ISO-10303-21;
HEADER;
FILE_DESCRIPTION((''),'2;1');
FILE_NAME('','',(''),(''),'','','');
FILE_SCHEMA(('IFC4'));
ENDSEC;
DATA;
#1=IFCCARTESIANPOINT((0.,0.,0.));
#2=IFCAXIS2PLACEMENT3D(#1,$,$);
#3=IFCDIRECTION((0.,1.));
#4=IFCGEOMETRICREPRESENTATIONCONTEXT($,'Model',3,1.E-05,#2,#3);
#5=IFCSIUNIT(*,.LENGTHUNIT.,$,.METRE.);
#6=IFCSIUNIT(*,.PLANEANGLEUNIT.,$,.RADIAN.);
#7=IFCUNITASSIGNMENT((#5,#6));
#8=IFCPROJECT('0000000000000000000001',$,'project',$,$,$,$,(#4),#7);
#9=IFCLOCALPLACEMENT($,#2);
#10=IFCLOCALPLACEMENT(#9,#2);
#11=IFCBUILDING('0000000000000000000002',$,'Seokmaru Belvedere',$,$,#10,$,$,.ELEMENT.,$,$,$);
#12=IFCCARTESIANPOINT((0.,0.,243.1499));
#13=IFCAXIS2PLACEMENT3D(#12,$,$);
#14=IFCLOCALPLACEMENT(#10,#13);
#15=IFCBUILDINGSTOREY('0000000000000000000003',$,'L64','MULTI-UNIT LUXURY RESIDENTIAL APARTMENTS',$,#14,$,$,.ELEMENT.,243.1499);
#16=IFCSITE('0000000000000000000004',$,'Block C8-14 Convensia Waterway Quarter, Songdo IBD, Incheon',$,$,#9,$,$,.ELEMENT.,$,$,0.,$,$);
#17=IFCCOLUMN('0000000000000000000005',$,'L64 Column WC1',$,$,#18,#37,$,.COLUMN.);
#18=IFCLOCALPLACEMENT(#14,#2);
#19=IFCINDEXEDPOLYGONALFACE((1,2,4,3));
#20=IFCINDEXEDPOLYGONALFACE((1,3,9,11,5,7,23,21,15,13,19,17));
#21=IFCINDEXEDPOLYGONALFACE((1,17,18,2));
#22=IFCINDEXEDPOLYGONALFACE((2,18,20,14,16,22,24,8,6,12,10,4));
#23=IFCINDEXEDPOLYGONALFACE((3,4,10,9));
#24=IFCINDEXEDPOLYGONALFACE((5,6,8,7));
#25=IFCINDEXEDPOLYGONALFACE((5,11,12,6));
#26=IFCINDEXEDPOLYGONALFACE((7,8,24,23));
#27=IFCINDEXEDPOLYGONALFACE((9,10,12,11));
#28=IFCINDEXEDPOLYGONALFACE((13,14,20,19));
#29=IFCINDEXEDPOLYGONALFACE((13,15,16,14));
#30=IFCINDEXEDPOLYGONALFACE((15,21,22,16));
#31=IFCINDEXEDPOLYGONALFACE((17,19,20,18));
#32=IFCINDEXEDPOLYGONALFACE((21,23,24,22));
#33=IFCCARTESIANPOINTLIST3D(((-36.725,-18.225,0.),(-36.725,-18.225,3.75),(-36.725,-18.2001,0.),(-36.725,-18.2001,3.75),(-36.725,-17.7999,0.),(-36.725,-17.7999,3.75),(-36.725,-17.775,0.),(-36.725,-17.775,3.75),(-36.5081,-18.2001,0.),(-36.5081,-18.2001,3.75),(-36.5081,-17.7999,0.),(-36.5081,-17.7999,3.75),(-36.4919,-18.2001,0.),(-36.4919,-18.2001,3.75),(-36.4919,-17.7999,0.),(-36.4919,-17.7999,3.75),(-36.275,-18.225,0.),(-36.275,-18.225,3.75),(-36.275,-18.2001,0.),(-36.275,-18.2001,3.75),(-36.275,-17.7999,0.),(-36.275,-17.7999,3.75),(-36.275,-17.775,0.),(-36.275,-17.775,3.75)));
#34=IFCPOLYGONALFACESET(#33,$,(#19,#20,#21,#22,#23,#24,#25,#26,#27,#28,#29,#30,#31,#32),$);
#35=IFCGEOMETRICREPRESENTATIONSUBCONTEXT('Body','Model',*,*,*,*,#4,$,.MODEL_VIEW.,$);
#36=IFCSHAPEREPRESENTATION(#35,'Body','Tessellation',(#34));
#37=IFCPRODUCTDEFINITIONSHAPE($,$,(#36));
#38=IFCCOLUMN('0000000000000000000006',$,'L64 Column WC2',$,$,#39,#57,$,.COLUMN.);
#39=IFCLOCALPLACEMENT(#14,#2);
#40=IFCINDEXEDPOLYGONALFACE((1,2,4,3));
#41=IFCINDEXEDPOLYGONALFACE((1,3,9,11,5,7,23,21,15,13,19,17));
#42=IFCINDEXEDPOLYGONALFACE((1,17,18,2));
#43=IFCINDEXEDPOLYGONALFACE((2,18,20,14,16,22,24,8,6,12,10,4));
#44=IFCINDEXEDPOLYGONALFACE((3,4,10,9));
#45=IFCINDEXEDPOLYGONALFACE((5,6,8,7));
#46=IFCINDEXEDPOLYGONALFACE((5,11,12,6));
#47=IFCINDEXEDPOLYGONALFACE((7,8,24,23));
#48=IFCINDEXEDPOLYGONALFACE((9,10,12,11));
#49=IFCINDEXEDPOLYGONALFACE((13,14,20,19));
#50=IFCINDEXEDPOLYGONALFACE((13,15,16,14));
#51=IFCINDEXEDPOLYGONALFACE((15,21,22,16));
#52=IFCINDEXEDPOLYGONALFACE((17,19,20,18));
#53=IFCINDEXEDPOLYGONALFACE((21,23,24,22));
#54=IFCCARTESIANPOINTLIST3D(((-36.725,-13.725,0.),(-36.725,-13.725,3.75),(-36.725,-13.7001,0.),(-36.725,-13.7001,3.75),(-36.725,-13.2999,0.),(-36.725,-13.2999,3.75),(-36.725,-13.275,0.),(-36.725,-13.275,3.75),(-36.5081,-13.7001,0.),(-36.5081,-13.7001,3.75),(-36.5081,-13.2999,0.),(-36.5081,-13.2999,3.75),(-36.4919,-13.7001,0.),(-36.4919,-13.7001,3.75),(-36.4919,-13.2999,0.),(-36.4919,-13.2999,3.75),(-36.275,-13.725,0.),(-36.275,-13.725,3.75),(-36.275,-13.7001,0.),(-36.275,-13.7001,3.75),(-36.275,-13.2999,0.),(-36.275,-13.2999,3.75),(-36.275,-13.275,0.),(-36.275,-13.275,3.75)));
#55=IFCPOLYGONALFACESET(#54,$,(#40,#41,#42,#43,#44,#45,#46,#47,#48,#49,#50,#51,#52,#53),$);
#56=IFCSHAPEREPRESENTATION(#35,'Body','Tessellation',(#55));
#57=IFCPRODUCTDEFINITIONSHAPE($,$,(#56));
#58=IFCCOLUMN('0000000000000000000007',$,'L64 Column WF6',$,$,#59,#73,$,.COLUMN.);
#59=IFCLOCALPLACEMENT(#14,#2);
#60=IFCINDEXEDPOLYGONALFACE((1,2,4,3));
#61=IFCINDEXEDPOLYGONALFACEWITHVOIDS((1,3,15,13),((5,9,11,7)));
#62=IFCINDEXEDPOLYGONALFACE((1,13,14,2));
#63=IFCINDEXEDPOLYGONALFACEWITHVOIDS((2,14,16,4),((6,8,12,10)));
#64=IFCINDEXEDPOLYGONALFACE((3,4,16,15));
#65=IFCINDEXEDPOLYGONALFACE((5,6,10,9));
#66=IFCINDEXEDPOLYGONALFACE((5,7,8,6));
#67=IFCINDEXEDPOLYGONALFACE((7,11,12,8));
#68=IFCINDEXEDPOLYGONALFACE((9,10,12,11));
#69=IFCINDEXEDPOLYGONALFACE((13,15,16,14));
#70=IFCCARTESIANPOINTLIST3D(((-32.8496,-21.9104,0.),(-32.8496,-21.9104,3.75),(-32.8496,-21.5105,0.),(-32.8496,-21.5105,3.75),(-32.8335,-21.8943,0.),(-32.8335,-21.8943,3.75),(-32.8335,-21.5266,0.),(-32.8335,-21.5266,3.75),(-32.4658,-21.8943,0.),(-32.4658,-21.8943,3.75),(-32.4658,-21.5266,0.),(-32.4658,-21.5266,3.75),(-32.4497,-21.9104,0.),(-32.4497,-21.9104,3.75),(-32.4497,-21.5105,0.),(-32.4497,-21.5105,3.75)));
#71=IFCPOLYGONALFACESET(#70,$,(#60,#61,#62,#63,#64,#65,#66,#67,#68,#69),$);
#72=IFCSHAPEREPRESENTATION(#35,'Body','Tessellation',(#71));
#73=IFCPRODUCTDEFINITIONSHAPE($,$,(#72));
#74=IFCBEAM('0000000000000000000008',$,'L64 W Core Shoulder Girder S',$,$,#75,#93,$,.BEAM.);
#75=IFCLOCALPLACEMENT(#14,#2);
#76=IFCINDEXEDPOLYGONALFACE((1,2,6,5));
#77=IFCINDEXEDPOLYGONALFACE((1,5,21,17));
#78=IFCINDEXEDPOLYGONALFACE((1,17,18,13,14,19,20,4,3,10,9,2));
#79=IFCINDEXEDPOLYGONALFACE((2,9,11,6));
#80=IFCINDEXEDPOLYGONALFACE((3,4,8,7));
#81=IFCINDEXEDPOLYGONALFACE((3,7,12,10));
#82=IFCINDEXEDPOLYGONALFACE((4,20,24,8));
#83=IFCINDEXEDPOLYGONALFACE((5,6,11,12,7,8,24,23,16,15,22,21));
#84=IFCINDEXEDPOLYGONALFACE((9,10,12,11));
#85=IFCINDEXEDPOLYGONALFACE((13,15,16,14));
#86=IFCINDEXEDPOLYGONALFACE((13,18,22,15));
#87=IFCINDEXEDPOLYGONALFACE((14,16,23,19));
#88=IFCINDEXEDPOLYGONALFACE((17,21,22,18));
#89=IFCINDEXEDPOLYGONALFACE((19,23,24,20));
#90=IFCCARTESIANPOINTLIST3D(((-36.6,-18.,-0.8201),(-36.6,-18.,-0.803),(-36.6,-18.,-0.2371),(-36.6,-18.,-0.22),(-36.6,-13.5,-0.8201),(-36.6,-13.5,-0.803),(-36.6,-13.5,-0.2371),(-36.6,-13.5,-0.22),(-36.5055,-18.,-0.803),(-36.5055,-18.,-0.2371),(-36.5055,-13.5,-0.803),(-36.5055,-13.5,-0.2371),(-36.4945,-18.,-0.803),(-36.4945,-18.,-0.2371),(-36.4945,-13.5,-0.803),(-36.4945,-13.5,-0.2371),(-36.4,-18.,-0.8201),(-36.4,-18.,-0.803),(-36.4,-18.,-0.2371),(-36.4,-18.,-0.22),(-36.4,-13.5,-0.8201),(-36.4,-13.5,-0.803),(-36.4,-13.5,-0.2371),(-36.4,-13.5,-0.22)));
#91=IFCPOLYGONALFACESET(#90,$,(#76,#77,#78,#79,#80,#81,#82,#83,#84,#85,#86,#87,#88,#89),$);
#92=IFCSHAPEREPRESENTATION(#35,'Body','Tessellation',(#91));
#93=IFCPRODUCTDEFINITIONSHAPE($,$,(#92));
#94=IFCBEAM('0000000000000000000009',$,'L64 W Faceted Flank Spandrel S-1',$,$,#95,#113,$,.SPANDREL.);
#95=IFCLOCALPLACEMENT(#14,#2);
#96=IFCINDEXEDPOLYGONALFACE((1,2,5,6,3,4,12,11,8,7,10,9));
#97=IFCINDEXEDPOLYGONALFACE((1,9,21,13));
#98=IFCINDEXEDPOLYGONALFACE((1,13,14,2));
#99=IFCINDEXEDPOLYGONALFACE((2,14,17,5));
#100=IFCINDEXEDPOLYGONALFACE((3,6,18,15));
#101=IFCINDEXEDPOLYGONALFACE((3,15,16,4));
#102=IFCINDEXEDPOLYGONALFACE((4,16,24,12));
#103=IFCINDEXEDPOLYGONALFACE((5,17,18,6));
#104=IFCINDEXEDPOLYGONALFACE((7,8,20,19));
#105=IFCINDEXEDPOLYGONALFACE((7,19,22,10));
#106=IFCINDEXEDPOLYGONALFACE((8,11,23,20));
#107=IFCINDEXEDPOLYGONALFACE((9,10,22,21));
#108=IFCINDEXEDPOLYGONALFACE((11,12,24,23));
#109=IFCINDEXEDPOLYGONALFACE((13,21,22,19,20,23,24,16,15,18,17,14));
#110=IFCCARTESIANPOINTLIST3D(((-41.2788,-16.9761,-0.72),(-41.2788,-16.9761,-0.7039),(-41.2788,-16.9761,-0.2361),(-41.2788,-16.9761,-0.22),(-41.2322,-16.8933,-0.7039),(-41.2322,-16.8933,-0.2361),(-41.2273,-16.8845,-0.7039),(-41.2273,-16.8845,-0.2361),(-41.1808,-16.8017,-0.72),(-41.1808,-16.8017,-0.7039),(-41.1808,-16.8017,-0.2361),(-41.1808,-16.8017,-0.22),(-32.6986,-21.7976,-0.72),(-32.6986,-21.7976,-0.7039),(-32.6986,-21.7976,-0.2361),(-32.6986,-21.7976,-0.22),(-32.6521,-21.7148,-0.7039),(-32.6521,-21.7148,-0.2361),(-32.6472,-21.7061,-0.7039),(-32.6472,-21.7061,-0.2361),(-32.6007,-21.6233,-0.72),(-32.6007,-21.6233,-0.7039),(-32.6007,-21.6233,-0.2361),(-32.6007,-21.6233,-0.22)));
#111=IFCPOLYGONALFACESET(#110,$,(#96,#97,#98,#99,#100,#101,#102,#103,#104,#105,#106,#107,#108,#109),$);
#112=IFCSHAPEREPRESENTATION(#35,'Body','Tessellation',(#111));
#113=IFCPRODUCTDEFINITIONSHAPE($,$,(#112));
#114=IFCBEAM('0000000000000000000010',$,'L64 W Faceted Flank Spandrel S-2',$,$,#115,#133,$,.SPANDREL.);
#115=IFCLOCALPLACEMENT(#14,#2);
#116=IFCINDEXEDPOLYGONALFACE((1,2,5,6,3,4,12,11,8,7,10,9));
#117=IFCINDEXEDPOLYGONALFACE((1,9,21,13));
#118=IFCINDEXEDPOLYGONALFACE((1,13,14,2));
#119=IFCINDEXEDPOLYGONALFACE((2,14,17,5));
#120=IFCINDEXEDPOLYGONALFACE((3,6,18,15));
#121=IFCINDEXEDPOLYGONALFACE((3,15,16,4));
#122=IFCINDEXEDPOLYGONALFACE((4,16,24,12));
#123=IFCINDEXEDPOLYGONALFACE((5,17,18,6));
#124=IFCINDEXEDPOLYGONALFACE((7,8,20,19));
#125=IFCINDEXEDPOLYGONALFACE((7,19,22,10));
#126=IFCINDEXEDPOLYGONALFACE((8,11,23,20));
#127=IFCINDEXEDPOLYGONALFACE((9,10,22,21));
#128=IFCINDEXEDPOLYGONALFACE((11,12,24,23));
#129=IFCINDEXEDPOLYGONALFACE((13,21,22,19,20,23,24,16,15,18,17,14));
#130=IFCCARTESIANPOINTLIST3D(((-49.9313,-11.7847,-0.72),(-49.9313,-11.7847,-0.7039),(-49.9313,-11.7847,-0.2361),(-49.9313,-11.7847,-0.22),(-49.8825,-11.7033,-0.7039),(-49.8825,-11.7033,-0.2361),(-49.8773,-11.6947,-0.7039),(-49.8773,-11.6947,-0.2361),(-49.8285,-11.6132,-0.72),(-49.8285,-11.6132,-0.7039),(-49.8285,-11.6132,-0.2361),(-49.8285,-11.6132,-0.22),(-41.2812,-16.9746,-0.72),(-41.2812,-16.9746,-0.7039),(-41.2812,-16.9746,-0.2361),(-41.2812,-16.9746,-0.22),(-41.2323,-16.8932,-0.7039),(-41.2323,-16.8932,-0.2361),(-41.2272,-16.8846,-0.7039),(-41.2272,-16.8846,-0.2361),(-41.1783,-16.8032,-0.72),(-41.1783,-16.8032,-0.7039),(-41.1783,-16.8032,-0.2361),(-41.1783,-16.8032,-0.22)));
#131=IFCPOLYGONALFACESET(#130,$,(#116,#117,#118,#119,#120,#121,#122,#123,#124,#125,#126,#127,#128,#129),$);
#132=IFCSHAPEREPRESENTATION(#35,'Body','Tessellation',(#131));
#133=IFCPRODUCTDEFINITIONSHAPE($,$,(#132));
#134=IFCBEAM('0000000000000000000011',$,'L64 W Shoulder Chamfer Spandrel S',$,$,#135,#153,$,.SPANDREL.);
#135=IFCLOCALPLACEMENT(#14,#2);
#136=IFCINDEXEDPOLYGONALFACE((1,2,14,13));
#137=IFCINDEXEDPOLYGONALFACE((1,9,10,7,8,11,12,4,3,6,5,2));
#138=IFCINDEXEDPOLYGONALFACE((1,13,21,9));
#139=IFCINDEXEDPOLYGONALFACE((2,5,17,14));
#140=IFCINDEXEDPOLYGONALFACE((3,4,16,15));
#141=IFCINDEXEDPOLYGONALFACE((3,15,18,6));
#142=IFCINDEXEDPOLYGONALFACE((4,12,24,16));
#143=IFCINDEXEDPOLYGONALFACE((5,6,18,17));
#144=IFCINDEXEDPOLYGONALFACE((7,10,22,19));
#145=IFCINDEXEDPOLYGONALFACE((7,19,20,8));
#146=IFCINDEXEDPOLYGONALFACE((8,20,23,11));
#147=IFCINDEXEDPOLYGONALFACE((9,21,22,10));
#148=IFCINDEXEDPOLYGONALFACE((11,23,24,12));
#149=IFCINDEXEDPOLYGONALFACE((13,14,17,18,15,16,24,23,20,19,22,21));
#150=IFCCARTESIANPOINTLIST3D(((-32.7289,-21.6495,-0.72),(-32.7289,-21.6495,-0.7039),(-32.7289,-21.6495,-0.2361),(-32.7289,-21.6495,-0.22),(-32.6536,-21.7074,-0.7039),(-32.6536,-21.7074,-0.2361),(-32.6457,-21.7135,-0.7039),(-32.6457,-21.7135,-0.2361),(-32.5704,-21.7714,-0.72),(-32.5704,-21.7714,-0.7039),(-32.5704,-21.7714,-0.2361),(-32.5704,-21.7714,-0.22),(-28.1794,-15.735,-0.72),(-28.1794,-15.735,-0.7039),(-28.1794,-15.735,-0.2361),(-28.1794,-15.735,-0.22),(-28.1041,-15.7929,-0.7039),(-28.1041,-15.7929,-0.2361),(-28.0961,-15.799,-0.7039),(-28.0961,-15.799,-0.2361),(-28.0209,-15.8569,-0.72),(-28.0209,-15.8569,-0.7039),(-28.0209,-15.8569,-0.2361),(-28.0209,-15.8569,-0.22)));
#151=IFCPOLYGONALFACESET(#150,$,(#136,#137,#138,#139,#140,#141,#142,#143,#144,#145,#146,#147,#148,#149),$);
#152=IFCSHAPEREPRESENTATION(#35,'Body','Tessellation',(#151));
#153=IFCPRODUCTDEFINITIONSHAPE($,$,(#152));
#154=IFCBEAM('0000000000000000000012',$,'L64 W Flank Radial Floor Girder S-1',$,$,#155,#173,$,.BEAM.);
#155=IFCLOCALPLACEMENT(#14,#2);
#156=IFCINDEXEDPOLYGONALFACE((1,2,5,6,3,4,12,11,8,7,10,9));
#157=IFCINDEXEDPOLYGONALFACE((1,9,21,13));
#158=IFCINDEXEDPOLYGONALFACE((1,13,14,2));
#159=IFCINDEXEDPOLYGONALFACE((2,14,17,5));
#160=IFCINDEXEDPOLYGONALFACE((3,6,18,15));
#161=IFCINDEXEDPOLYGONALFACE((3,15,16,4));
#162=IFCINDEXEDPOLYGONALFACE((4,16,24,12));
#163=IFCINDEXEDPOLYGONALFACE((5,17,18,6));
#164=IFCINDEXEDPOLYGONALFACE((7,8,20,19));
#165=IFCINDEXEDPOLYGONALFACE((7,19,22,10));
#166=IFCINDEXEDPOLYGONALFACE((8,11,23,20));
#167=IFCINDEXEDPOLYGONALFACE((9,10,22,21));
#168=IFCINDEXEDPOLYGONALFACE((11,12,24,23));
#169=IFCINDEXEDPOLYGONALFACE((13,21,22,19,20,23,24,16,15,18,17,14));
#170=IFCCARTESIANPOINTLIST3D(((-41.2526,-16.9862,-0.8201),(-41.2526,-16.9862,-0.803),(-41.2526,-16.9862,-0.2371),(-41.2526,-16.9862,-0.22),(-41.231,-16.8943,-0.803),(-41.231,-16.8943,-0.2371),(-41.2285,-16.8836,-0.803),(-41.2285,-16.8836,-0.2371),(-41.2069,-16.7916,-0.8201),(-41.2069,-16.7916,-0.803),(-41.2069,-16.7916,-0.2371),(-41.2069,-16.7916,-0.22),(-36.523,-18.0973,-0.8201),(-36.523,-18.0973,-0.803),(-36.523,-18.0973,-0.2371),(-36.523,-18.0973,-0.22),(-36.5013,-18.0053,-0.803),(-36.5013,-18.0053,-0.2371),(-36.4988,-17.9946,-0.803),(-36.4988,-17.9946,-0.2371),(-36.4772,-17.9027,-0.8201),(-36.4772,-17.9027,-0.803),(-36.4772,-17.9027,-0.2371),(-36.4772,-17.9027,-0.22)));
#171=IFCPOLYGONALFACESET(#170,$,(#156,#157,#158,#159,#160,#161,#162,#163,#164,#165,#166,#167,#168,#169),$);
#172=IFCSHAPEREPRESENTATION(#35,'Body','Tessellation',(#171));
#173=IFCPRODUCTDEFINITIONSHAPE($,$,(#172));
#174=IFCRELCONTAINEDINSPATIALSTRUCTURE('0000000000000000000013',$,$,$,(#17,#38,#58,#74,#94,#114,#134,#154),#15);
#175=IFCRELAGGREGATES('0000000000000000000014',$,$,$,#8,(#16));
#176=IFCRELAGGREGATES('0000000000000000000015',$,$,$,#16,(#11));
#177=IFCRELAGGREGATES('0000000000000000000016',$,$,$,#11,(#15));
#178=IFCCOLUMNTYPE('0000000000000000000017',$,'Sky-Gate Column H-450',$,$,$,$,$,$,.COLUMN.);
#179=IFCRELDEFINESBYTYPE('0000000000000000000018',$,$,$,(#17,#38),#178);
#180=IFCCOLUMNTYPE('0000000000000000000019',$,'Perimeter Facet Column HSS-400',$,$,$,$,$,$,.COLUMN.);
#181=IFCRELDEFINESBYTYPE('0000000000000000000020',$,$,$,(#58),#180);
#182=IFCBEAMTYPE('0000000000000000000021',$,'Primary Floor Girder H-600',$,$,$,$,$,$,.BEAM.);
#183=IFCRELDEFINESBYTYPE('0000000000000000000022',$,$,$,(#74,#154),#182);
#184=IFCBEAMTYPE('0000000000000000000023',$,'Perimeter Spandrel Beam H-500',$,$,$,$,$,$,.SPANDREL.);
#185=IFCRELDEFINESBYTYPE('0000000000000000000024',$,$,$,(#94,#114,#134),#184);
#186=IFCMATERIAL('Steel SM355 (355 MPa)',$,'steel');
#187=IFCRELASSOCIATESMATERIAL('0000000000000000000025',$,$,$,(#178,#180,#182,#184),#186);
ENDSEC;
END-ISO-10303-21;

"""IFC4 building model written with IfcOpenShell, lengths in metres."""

from ifc_helpers import new_model, si_unit, direction, frame, origin, origin_2d, place, context, subcontext, project, spatial, hollow_rectangle, i_section, extrude, source, transform, mapped, material, material_profile, profile_set, type_object, type_shapes, element, save


model = new_model("IFC4")

# Units and contexts
model_context = context("Model", 3, precision=1e-05, world=origin(), true_north=direction((0.0, 1.0)))
body_context = subcontext(model_context, "Body", "Model", "MODEL_VIEW")
ifc_project = project(units=[si_unit("LENGTHUNIT", "METRE"), si_unit("PLANEANGLEUNIT", "RADIAN")], contexts=[model_context])

# Site, building, storey
site_placement = place(None, origin())
site = spatial("IfcSite", under=ifc_project, at=site_placement, Name="Block C8-14 Convensia Waterway Quarter, Songdo IBD, Incheon", CompositionType="ELEMENT", RefElevation=0.0)
building_placement = place(site_placement, origin())
building = spatial("IfcBuilding", under=site, at=building_placement, Name="Seokmaru Belvedere", CompositionType="ELEMENT")
storey_placement = place(building_placement, frame((0.0, 0.0, 243.1499)))
storey = spatial("IfcBuildingStorey", under=building, at=storey_placement, Name="L64", Description="MULTI-UNIT LUXURY RESIDENTIAL APARTMENTS", CompositionType="ELEMENT", Elevation=243.1499)

# Columns
ifc_material_1 = material(Name="Steel SM355 (355 MPa)", Category="steel")
ifc_material_profile_1 = material_profile(ifc_material_1, i_section(OverallWidth=0.45, OverallDepth=0.45, WebThickness=0.0161, FlangeThickness=0.0249, at=origin_2d()), Name="H-450x450x16x25")
ifc_profile_set_1 = profile_set([ifc_material_profile_1], Name="Steel SM355 (355 MPa)")
column_type_1 = type_object("IfcColumnType", Name="Sky-Gate Column H-450", PredefinedType="COLUMN", material=ifc_profile_set_1)
shared_shape_1 = source(origin(), body_context, "Body", "SweptSolid", [
    extrude(i_section(OverallWidth=0.45, OverallDepth=0.45, WebThickness=0.0161, FlangeThickness=0.0249, at=origin_2d()), origin(), (0.0, 0.0, 1.0), 3.75),
])
type_shapes(column_type_1, [shared_shape_1])
for number, where, z_axis, x_axis, name in (
    (1, (-36.5, -18.0, 0.0), (0.0, 0.0, 1.0), (1.0, 0.0, 0.0), "L64 Column WC1"),
    (2, (-36.5, -13.5, 0.0), (0.0, 0.0, 1.0), (1.0, 0.0, 0.0), "L64 Column WC2"),
):
    element("IfcColumn", number, at=place(storey_placement, frame(where, z_axis=z_axis, x_axis=x_axis)), inside=storey, type_object=column_type_1, Name=name, PredefinedType="COLUMN", context=body_context, shape_type="MappedRepresentation", body=[
        mapped(shared_shape_1, transform((0.0, 0.0, 0.0), scale=1.0)),
    ])
ifc_material_profile_2 = material_profile(ifc_material_1, hollow_rectangle(XDim=0.3999, YDim=0.3999, WallThickness=0.0161, at=origin_2d()), Name="HSS-400x400x16")
ifc_profile_set_2 = profile_set([ifc_material_profile_2], Name="Steel SM355 (355 MPa)")
column_type_2 = type_object("IfcColumnType", Name="Perimeter Facet Column HSS-400", PredefinedType="COLUMN", material=ifc_profile_set_2)
shared_shape_2 = source(origin(), body_context, "Body", "SweptSolid", [
    extrude(hollow_rectangle(XDim=0.3999, YDim=0.3999, WallThickness=0.0161, at=origin_2d()), origin(), (0.0, 0.0, 1.0), 3.75),
])
type_shapes(column_type_2, [shared_shape_2])
column_placement = place(storey_placement, frame((-32.6497, -21.7104, 0.0), z_axis=(0.0, 0.0, 1.0), x_axis=(1.0, 0.0, 0.0)))
element("IfcColumn", 3, at=column_placement, inside=storey, type_object=column_type_2, Name="L64 Column WF6", PredefinedType="COLUMN", context=body_context, shape_type="MappedRepresentation", body=[
    mapped(shared_shape_2, transform((0.0, 0.0, 0.0), scale=1.0)),
])

# Beams
ifc_material_profile_3 = material_profile(ifc_material_1, i_section(OverallWidth=0.2, OverallDepth=0.6001, WebThickness=0.011, FlangeThickness=0.0171, at=origin_2d()), Name="H-600x200x11x17")
ifc_profile_set_3 = profile_set([ifc_material_profile_3], Name="Steel SM355 (355 MPa)")
beam_type_1 = type_object("IfcBeamType", Name="Primary Floor Girder H-600", PredefinedType="BEAM", material=ifc_profile_set_3)
shared_shape_3 = source(origin(), body_context, "Body", "SweptSolid", [
    extrude(i_section(OverallWidth=0.2, OverallDepth=0.6001, WebThickness=0.011, FlangeThickness=0.0171, at=origin_2d()), origin(), (0.0, 0.0, 1.0), 4.5),
])
beam_1_placement = place(storey_placement, frame((-36.5, -18.0, -0.52), z_axis=(0.0, 1.0, 0.0), x_axis=(-1.0, 0.0, 0.0)))
element("IfcBeam", 4, at=beam_1_placement, inside=storey, type_object=beam_type_1, Name="L64 W Core Shoulder Girder S", PredefinedType="BEAM", context=body_context, shape_type="MappedRepresentation", body=[
    mapped(shared_shape_3, transform((0.0, 0.0, 0.0), scale=1.0)),
])
ifc_material_profile_4 = material_profile(ifc_material_1, i_section(OverallWidth=0.2, OverallDepth=0.5, WebThickness=0.01, FlangeThickness=0.0161, at=origin_2d()), Name="H-500x200x10x16")
ifc_profile_set_4 = profile_set([ifc_material_profile_4], Name="Steel SM355 (355 MPa)")
beam_type_2 = type_object("IfcBeamType", Name="Perimeter Spandrel Beam H-500", PredefinedType="SPANDREL", material=ifc_profile_set_4)
shared_shape_4 = source(origin(), body_context, "Body", "SweptSolid", [
    extrude(i_section(OverallWidth=0.2, OverallDepth=0.5, WebThickness=0.01, FlangeThickness=0.0161, at=origin_2d()), origin(), (0.0, 0.0, 1.0), 9.842),
])
beam_2_placement = place(storey_placement, frame((-32.6497, -21.7104, -0.47), z_axis=(-0.871782, 0.489894, 0.0), x_axis=(-0.489894, -0.871782, 0.0)))
element("IfcBeam", 5, at=beam_2_placement, inside=storey, type_object=beam_type_2, Name="L64 W Faceted Flank Spandrel S-1", PredefinedType="SPANDREL", context=body_context, shape_type="MappedRepresentation", body=[
    mapped(shared_shape_4, transform((0.0, 0.0, 0.0), scale=1.0)),
])
shared_shape_5 = source(origin(), body_context, "Body", "SweptSolid", [
    extrude(i_section(OverallWidth=0.2, OverallDepth=0.5, WebThickness=0.01, FlangeThickness=0.0161, at=origin_2d()), origin(), (0.0, 0.0, 1.0), 10.0876),
])
beam_3_placement = place(storey_placement, frame((-41.2297, -16.8889, -0.47), z_axis=(-0.857499, 0.514485, 0.0), x_axis=(-0.514485, -0.857499, 0.0)))
element("IfcBeam", 6, at=beam_3_placement, inside=storey, type_object=beam_type_2, Name="L64 W Faceted Flank Spandrel S-2", PredefinedType="SPANDREL", context=body_context, shape_type="MappedRepresentation", body=[
    mapped(shared_shape_5, transform((0.0, 0.0, 0.0), scale=1.0)),
])
shared_shape_6 = source(origin(), body_context, "Body", "SweptSolid", [
    extrude(i_section(OverallWidth=0.2, OverallDepth=0.5, WebThickness=0.01, FlangeThickness=0.0161, at=origin_2d()), origin(), (0.0, 0.0, 1.0), 7.4619),
])
type_shapes(beam_type_2, [shared_shape_4, shared_shape_5, shared_shape_6])
beam_4_placement = place(storey_placement, frame((-32.6497, -21.7104, -0.47), z_axis=(0.609703, 0.79263, 0.0), x_axis=(-0.79263, 0.609703, 0.0)))
element("IfcBeam", 7, at=beam_4_placement, inside=storey, type_object=beam_type_2, Name="L64 W Shoulder Chamfer Spandrel S", PredefinedType="SPANDREL", context=body_context, shape_type="MappedRepresentation", body=[
    mapped(shared_shape_6, transform((0.0, 0.0, 0.0), scale=1.0)),
])
shared_shape_7 = source(origin(), body_context, "Body", "SweptSolid", [
    extrude(i_section(OverallWidth=0.2, OverallDepth=0.6001, WebThickness=0.011, FlangeThickness=0.0171, at=origin_2d()), origin(), (0.0, 0.0, 1.0), 4.8584),
])
type_shapes(beam_type_1, [shared_shape_3, shared_shape_7])
beam_5_placement = place(storey_placement, frame((-41.2297, -16.8889, -0.52), z_axis=(0.973499, -0.228689, 0.0), x_axis=(0.228689, 0.973499, 0.0)))
element("IfcBeam", 8, at=beam_5_placement, inside=storey, type_object=beam_type_1, Name="L64 W Flank Radial Floor Girder S-1", PredefinedType="BEAM", context=body_context, shape_type="MappedRepresentation", body=[
    mapped(shared_shape_7, transform((0.0, 0.0, 0.0), scale=1.0)),
])

save(model, "model.ifc")
